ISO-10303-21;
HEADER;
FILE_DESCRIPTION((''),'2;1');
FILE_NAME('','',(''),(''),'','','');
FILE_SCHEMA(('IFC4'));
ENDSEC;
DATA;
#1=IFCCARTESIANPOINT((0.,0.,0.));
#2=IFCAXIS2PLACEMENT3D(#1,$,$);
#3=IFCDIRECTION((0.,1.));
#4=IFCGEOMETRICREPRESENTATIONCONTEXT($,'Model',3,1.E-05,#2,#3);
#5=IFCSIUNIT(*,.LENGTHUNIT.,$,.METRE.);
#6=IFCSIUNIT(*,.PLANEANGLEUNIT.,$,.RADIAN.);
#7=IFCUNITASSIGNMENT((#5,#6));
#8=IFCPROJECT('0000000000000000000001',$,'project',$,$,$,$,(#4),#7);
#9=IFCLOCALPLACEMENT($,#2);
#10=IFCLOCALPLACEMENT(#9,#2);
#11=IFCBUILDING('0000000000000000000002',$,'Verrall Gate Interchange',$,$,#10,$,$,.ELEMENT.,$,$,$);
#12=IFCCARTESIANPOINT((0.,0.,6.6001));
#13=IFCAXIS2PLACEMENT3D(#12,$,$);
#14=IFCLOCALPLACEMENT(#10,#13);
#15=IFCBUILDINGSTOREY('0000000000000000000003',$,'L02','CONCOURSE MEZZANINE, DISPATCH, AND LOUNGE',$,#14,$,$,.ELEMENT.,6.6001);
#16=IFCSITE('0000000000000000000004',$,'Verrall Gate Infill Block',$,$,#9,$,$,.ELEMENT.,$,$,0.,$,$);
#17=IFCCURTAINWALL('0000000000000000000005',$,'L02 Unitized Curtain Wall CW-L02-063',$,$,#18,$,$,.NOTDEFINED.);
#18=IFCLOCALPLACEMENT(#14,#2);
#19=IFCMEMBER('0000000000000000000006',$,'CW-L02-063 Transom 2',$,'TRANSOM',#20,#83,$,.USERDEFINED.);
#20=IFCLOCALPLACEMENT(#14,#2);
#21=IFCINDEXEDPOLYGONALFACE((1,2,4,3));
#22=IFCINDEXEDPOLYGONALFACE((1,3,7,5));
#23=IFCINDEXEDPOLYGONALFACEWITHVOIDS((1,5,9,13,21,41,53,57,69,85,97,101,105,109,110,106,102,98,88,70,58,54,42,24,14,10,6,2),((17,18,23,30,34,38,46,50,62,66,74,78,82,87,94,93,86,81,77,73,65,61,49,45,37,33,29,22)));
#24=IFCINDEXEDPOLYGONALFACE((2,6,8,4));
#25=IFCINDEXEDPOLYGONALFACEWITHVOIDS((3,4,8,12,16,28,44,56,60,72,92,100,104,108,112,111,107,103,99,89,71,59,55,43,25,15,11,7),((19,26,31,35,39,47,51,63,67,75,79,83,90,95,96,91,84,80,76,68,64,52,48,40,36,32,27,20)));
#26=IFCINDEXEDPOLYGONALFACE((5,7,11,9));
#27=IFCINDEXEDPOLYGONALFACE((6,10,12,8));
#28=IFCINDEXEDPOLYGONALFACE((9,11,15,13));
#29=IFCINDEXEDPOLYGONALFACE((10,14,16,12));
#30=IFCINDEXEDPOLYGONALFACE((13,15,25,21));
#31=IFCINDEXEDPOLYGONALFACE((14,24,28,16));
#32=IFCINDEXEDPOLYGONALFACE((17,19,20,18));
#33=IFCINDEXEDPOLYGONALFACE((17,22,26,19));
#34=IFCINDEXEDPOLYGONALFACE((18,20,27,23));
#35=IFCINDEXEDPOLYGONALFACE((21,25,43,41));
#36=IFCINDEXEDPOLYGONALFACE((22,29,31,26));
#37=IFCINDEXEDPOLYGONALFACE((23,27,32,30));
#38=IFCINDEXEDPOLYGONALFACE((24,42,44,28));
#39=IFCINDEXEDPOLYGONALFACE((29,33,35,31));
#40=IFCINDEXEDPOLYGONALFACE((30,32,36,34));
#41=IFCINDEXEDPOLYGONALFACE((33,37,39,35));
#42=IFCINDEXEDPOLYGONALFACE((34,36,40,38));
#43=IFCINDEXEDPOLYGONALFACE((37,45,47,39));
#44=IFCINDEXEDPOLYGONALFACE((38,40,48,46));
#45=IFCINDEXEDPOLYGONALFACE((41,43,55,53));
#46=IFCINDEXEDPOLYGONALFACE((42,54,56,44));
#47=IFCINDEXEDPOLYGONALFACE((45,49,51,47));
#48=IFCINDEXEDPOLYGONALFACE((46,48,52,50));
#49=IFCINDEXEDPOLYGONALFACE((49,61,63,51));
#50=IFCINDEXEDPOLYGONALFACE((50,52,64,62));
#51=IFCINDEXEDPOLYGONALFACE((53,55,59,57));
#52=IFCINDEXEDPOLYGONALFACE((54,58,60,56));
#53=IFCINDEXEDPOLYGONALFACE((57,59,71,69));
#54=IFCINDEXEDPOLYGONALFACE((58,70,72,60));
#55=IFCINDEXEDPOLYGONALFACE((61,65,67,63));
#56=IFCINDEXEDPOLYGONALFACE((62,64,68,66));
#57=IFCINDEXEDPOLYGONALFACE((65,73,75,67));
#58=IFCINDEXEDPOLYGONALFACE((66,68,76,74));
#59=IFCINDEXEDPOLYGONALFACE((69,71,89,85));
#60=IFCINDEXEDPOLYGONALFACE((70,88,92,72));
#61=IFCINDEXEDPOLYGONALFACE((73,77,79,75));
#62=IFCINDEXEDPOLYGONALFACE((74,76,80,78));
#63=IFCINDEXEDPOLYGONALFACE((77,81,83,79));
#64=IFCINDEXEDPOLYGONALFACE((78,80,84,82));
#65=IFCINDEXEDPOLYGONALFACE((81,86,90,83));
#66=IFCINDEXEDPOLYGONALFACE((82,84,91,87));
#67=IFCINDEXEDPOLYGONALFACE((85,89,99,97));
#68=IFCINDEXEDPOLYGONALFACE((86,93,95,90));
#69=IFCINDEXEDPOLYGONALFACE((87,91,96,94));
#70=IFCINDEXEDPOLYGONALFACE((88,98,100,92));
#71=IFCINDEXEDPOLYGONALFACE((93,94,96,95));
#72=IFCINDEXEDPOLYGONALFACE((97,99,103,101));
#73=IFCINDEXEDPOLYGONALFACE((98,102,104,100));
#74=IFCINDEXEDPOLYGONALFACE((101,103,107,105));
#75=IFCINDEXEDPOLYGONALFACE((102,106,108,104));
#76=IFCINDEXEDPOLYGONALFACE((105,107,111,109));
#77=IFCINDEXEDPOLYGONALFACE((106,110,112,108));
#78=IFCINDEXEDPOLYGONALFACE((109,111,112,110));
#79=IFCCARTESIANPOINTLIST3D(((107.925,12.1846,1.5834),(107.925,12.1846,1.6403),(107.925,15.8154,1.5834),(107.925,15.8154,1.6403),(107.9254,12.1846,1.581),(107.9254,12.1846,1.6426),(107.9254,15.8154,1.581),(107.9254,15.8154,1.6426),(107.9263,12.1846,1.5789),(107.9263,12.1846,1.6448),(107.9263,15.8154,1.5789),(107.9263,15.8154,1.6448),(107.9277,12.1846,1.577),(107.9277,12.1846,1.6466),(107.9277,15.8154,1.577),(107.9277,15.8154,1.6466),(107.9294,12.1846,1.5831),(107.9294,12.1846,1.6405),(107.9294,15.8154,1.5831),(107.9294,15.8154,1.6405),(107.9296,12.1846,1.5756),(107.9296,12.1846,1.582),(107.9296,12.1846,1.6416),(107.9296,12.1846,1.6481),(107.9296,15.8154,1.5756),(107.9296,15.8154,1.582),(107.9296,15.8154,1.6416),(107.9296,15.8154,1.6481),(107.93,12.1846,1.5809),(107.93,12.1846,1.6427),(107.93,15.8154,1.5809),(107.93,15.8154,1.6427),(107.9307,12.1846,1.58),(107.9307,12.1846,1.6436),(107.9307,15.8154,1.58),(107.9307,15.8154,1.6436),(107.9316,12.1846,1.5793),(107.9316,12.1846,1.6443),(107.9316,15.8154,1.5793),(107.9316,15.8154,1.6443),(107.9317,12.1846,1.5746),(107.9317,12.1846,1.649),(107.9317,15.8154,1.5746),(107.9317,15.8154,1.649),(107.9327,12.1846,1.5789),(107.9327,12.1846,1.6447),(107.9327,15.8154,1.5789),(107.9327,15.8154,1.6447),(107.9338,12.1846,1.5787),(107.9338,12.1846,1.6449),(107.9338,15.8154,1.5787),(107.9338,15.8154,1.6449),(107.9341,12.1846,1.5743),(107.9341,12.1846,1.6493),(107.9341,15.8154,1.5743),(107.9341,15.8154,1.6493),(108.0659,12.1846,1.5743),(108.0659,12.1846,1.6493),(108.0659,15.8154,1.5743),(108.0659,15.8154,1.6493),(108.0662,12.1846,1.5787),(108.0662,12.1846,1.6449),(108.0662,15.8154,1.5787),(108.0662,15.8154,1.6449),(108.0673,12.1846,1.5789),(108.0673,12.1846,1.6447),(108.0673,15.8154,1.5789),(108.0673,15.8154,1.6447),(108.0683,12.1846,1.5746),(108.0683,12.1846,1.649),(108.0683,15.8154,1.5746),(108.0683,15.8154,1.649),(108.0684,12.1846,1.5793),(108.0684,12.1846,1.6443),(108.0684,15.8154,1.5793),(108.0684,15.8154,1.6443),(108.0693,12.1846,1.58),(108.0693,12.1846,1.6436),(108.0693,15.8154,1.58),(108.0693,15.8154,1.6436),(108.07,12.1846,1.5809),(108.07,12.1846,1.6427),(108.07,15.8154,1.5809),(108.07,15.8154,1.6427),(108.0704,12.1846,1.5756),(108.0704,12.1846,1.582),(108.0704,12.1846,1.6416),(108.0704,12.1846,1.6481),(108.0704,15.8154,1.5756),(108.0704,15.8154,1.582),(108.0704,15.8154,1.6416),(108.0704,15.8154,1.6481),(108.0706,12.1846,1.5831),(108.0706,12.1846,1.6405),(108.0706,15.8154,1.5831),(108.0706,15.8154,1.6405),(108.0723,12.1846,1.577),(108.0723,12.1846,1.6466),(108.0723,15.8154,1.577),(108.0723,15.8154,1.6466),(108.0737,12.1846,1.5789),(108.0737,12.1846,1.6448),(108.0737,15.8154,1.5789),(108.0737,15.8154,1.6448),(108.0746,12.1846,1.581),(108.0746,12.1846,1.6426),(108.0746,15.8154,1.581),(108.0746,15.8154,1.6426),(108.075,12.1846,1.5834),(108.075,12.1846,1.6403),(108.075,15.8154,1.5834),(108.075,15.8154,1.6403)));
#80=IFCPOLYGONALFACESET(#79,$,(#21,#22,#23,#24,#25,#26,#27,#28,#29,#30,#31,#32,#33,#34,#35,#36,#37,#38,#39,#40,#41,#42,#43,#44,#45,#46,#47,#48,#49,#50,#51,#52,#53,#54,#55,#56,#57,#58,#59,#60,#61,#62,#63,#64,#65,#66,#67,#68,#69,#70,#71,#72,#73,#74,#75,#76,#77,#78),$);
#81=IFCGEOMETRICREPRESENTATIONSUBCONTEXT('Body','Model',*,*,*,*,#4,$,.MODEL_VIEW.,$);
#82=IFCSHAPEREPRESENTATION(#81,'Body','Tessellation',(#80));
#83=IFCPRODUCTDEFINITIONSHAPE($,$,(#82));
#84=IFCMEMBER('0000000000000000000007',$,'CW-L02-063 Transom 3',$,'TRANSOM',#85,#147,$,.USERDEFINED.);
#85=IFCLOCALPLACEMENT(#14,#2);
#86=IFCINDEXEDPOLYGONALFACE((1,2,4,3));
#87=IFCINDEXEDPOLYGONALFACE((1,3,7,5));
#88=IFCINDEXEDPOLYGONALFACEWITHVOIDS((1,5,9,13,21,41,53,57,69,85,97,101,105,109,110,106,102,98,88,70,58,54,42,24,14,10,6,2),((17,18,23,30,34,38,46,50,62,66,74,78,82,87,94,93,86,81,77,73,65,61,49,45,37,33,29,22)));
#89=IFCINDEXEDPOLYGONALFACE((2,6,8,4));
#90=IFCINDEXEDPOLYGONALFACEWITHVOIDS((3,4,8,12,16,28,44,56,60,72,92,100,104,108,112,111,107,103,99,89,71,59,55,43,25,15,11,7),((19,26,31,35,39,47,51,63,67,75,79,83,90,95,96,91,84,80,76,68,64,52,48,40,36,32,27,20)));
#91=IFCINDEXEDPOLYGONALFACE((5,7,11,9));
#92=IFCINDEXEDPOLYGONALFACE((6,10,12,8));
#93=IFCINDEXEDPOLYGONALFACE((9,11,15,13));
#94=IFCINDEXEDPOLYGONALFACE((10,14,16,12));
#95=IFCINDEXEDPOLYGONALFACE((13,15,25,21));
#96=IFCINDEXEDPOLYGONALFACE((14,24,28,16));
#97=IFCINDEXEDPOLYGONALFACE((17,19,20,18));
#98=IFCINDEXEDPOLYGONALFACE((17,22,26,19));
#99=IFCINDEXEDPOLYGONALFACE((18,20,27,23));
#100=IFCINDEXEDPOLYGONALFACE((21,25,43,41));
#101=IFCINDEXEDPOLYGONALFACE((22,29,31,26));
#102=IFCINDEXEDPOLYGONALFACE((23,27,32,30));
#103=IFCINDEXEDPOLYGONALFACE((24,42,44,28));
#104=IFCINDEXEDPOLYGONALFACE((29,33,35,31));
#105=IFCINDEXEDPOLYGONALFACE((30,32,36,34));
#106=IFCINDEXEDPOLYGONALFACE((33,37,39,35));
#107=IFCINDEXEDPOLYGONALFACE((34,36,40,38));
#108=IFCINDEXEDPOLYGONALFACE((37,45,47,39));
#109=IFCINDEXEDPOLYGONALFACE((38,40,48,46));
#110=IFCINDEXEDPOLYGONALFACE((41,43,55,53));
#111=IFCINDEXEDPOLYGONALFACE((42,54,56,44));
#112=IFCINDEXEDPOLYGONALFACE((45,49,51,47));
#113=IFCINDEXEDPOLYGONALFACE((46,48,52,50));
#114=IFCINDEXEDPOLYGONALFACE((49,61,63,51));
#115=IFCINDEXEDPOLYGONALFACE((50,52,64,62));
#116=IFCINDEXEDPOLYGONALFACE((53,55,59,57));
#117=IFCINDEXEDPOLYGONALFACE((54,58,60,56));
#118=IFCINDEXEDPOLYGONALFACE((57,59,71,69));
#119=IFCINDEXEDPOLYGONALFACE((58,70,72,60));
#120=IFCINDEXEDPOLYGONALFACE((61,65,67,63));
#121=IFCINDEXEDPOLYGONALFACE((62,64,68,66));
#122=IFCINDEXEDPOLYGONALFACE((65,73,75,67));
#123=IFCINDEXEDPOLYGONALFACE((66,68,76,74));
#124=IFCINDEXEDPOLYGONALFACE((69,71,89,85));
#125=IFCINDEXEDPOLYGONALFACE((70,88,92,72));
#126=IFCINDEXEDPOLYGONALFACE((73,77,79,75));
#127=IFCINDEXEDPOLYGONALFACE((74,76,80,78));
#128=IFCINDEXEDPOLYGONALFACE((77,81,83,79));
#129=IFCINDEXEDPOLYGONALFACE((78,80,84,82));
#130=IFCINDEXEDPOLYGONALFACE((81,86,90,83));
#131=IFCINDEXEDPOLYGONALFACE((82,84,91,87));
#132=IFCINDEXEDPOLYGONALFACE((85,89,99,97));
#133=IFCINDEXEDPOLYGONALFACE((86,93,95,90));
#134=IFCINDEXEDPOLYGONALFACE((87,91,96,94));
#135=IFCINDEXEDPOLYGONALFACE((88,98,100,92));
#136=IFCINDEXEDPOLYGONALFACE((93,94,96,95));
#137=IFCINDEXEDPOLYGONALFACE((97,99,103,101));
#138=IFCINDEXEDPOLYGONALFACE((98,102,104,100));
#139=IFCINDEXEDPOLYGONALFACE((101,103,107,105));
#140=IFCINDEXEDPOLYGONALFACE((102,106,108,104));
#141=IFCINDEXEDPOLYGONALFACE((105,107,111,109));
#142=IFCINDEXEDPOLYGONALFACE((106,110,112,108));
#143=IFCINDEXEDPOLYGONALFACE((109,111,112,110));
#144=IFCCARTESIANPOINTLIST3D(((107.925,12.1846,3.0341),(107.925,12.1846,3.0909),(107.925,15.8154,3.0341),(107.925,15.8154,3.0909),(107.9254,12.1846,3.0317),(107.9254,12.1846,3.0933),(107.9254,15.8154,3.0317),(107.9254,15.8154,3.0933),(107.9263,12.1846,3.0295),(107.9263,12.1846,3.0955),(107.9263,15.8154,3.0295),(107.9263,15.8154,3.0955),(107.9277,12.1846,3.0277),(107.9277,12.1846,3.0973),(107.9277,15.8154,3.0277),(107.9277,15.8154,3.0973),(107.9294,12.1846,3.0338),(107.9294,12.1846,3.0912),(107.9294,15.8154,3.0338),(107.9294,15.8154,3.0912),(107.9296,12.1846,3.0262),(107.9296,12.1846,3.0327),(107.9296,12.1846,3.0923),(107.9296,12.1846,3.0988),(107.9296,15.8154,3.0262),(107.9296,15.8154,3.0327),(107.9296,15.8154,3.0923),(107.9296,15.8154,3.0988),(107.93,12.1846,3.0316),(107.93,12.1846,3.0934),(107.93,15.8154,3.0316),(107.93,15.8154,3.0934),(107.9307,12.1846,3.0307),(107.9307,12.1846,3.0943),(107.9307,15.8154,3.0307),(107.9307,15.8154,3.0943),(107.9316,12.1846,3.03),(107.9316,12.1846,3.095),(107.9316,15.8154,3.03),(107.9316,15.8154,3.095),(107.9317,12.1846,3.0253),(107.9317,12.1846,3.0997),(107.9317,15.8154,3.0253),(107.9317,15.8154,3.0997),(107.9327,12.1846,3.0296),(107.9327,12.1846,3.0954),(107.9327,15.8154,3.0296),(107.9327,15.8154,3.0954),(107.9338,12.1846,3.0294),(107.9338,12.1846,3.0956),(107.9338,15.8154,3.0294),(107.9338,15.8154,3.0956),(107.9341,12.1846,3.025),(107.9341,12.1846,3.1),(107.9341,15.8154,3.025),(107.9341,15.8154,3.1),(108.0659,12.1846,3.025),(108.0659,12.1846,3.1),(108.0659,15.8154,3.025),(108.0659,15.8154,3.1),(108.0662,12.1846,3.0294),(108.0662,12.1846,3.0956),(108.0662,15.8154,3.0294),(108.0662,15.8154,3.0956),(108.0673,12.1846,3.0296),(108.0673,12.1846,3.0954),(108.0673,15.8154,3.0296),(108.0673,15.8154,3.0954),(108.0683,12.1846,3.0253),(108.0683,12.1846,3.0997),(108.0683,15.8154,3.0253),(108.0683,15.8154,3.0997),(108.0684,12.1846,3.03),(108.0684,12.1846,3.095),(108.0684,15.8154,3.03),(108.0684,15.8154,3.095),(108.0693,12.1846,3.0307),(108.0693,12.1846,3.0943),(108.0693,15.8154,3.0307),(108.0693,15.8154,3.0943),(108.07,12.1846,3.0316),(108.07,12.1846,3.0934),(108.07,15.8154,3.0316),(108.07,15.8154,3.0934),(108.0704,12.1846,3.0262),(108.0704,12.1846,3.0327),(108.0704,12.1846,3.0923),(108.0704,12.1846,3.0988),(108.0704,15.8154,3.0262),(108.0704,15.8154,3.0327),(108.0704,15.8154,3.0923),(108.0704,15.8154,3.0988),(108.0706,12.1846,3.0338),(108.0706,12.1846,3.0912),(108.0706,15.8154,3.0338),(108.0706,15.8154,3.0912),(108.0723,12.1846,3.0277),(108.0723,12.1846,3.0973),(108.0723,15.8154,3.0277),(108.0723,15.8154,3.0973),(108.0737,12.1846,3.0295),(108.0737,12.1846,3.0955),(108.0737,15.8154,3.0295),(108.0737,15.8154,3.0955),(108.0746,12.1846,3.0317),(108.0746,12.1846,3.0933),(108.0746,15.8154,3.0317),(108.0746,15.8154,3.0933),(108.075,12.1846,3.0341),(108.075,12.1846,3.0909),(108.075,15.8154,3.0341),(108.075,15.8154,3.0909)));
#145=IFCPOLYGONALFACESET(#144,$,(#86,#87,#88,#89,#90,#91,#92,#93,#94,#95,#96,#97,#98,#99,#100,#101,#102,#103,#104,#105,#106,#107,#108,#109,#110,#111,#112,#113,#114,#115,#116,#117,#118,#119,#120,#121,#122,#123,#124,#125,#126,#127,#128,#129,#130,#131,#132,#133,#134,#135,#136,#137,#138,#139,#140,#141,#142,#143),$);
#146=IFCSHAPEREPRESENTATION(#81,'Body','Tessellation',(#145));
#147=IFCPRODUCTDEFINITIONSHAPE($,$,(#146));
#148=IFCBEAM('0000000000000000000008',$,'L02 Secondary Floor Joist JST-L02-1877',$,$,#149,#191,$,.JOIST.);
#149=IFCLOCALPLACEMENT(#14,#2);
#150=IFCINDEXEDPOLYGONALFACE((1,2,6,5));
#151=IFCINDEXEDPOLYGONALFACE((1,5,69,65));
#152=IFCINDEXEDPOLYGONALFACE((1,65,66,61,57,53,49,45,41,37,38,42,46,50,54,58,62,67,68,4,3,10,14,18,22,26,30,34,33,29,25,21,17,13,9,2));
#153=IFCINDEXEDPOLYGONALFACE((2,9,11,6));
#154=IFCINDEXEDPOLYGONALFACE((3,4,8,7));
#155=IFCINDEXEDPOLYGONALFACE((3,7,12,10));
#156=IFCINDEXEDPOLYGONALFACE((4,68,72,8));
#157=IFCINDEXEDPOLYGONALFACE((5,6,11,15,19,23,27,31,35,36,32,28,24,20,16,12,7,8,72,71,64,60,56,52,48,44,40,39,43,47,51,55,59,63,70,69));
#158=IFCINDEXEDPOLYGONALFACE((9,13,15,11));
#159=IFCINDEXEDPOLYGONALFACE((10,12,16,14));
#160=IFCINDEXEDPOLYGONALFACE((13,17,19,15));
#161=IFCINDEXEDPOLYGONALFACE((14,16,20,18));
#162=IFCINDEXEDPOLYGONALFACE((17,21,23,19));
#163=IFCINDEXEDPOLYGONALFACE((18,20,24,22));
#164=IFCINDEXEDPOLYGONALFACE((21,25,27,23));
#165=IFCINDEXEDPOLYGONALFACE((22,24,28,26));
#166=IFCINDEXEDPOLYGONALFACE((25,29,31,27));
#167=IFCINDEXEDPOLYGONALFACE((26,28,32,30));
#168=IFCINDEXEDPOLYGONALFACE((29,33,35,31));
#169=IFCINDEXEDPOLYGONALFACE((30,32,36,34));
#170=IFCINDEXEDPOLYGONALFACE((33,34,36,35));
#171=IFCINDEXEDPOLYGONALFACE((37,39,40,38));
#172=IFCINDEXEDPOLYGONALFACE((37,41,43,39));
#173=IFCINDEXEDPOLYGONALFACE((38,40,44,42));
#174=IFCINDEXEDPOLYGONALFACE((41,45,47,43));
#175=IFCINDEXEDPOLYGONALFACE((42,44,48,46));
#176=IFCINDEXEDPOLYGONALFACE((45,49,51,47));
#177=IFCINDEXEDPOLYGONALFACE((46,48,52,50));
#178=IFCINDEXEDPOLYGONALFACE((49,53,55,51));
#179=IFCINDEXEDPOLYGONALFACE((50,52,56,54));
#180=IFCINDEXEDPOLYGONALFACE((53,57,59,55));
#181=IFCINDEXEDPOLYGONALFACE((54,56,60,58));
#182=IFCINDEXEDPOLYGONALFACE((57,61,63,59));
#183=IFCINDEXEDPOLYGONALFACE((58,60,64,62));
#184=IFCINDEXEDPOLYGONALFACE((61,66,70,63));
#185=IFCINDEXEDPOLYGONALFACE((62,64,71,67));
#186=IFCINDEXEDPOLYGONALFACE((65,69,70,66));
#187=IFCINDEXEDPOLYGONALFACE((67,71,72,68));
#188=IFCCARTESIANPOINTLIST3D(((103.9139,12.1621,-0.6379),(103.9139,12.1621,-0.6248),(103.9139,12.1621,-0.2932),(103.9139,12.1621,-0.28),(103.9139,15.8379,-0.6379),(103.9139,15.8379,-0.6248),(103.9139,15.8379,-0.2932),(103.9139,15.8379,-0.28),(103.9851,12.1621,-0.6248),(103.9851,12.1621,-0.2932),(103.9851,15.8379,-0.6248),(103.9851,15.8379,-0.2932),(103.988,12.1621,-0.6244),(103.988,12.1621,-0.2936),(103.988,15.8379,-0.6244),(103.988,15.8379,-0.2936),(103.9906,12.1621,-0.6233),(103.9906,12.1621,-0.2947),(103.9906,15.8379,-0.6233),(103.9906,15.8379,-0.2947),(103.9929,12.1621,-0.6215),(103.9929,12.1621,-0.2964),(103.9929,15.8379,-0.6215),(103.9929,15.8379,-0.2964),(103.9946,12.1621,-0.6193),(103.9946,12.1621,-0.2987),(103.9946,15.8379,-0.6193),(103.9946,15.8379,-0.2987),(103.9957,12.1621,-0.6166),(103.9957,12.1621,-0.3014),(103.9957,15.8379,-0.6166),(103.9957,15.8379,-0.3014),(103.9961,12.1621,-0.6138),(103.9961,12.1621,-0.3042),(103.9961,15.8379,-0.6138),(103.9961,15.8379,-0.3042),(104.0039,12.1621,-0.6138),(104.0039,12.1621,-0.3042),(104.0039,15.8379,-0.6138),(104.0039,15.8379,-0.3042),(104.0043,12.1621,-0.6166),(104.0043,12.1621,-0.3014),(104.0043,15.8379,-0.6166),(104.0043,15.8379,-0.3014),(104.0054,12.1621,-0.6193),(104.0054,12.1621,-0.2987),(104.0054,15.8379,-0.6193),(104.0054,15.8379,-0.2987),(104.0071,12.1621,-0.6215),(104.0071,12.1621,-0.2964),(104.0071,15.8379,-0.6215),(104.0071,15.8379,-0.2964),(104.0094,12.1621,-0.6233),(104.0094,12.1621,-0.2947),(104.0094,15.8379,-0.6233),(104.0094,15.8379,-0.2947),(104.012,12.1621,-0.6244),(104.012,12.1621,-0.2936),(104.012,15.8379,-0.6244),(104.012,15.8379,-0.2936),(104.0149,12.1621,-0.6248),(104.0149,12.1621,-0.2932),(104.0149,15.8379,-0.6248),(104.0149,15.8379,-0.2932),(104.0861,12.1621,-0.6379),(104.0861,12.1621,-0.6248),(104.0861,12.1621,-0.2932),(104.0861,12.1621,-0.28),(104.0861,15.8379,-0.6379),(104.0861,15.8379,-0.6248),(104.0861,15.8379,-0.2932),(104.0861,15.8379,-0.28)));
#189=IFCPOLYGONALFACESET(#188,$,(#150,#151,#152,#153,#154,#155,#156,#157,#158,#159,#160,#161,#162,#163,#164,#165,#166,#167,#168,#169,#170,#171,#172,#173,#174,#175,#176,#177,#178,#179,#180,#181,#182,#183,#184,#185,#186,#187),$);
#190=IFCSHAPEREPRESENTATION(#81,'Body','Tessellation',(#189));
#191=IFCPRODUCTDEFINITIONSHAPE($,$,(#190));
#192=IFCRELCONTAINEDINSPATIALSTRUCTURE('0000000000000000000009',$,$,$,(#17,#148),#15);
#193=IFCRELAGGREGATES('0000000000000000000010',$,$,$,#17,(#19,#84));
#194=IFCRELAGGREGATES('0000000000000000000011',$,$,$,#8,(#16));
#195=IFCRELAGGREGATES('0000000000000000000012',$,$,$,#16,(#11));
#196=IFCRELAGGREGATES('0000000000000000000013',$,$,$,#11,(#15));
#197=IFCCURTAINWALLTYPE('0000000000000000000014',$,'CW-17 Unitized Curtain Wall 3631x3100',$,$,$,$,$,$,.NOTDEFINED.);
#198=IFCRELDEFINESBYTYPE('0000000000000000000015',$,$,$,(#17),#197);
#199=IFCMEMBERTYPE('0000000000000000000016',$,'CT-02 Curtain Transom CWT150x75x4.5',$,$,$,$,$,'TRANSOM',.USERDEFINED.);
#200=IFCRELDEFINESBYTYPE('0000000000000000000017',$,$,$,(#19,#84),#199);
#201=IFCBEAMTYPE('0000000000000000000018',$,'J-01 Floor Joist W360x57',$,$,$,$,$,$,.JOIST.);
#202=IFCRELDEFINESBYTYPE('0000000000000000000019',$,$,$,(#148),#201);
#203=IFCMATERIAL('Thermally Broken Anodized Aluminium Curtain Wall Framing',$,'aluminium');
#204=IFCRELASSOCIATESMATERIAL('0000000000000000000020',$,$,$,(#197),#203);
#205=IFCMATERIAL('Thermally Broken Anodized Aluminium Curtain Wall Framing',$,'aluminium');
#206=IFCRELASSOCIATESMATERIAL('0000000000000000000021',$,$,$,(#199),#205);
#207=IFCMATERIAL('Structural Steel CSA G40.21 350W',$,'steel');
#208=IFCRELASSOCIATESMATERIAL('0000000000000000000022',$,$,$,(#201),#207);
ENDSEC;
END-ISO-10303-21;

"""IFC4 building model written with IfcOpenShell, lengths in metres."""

from ifc_helpers import new_model, si_unit, direction, frame, origin, origin_2d, place, context, subcontext, project, spatial, hollow_rectangle, i_section, extrude, material, material_profile, profile_set, type_object, element, aggregate, save


model = new_model("IFC4")

# Units and contexts
model_context = context("Model", 3, precision=1e-05, world=origin(), true_north=direction((0.0, 1.0)))
body_context = subcontext(model_context, "Body", "Model", "MODEL_VIEW")
ifc_project = project(units=[si_unit("LENGTHUNIT", "METRE"), si_unit("PLANEANGLEUNIT", "RADIAN")], contexts=[model_context])

# Site, building, storey
site_placement = place(None, origin())
site = spatial("IfcSite", under=ifc_project, at=site_placement, Name="Verrall Gate Infill Block", CompositionType="ELEMENT", RefElevation=0.0)
building_placement = place(site_placement, origin())
building = spatial("IfcBuilding", under=site, at=building_placement, Name="Verrall Gate Interchange", CompositionType="ELEMENT")
storey_placement = place(building_placement, frame((0.0, 0.0, 6.6001)))
storey = spatial("IfcBuildingStorey", under=building, at=storey_placement, Name="L02", Description="CONCOURSE MEZZANINE, DISPATCH, AND LOUNGE", CompositionType="ELEMENT", Elevation=6.6001)

# Curtain wall, members
ifc_material_1 = material(Name="Thermally Broken Anodized Aluminium Curtain Wall Framing", Category="aluminium")
curtain_wall_type_1 = type_object("IfcCurtainWallType", Name="CW-17 Unitized Curtain Wall 3631x3100", PredefinedType="NOTDEFINED", material=ifc_material_1)
curtain_wall_1_placement = place(storey_placement, origin())
curtain_wall_1 = element("IfcCurtainWall", 1, at=curtain_wall_1_placement, inside=storey, type_object=curtain_wall_type_1, Name="L02 Unitized Curtain Wall CW-L02-063", PredefinedType="NOTDEFINED")
ifc_material_2 = material(Name="Thermally Broken Anodized Aluminium Curtain Wall Framing", Category="aluminium")
ifc_material_profile_1 = material_profile(ifc_material_2, hollow_rectangle(XDim=0.1499, YDim=0.075, WallThickness=0.0044, InnerFilletRadius=0.0044, OuterFilletRadius=0.009, at=origin_2d()), Name="CWT150x75x4.5")
ifc_profile_set_1 = profile_set([ifc_material_profile_1], Name="Thermally Broken Anodized Aluminium Curtain Wall Framing")
member_type_1 = type_object("IfcMemberType", Name="CT-02 Curtain Transom CWT150x75x4.5", ElementType="TRANSOM", PredefinedType="USERDEFINED", material=ifc_profile_set_1)
member_1_placement = place(storey_placement, frame((108.0, 12.1846, 1.6118), z_axis=(0.0, 1.0, 0.0), x_axis=(-1.0, 0.0, 0.0)))
member_1 = element("IfcMember", 2, at=member_1_placement, type_object=member_type_1, Name="CW-L02-063 Transom 2", ObjectType="TRANSOM", PredefinedType="USERDEFINED", context=body_context, shape_type="SweptSolid", body=[
    extrude(hollow_rectangle(XDim=0.1499, YDim=0.075, WallThickness=0.0044, InnerFilletRadius=0.0044, OuterFilletRadius=0.009, at=origin_2d()), origin(), (0.0, 0.0, 1.0), 3.6309),
])
member_2_placement = place(storey_placement, frame((108.0, 12.1846, 3.0625), z_axis=(0.0, 1.0, 0.0), x_axis=(-1.0, 0.0, 0.0)))
member_2 = element("IfcMember", 3, at=member_2_placement, type_object=member_type_1, Name="CW-L02-063 Transom 3", ObjectType="TRANSOM", PredefinedType="USERDEFINED", context=body_context, shape_type="SweptSolid", body=[
    extrude(hollow_rectangle(XDim=0.1499, YDim=0.075, WallThickness=0.0044, InnerFilletRadius=0.0044, OuterFilletRadius=0.009, at=origin_2d()), origin(), (0.0, 0.0, 1.0), 3.6309),
])

# Beam
ifc_material_3 = material(Name="Structural Steel CSA G40.21 350W", Category="steel")
ifc_material_profile_2 = material_profile(ifc_material_3, i_section(OverallWidth=0.1721, OverallDepth=0.3579, WebThickness=0.0078, FlangeThickness=0.0132, FilletRadius=0.011, at=origin_2d()), Name="W360x57")
ifc_profile_set_2 = profile_set([ifc_material_profile_2], Name="Structural Steel CSA G40.21 350W")
beam_type_1 = type_object("IfcBeamType", Name="J-01 Floor Joist W360x57", PredefinedType="JOIST", material=ifc_profile_set_2)
beam_1_placement = place(storey_placement, frame((104.0, 12.1621, -0.459), z_axis=(0.0, 1.0, 0.0), x_axis=(-1.0, 0.0, 0.0)))
element("IfcBeam", 4, at=beam_1_placement, inside=storey, type_object=beam_type_1, Name="L02 Secondary Floor Joist JST-L02-1877", PredefinedType="JOIST", context=body_context, shape_type="SweptSolid", body=[
    extrude(i_section(OverallWidth=0.1721, OverallDepth=0.3579, WebThickness=0.0078, FlangeThickness=0.0132, FilletRadius=0.011, at=origin_2d()), origin(), (0.0, 0.0, 1.0), 3.6758),
])

aggregate(curtain_wall_1, [member_1, member_2])

save(model, "model.ifc")
